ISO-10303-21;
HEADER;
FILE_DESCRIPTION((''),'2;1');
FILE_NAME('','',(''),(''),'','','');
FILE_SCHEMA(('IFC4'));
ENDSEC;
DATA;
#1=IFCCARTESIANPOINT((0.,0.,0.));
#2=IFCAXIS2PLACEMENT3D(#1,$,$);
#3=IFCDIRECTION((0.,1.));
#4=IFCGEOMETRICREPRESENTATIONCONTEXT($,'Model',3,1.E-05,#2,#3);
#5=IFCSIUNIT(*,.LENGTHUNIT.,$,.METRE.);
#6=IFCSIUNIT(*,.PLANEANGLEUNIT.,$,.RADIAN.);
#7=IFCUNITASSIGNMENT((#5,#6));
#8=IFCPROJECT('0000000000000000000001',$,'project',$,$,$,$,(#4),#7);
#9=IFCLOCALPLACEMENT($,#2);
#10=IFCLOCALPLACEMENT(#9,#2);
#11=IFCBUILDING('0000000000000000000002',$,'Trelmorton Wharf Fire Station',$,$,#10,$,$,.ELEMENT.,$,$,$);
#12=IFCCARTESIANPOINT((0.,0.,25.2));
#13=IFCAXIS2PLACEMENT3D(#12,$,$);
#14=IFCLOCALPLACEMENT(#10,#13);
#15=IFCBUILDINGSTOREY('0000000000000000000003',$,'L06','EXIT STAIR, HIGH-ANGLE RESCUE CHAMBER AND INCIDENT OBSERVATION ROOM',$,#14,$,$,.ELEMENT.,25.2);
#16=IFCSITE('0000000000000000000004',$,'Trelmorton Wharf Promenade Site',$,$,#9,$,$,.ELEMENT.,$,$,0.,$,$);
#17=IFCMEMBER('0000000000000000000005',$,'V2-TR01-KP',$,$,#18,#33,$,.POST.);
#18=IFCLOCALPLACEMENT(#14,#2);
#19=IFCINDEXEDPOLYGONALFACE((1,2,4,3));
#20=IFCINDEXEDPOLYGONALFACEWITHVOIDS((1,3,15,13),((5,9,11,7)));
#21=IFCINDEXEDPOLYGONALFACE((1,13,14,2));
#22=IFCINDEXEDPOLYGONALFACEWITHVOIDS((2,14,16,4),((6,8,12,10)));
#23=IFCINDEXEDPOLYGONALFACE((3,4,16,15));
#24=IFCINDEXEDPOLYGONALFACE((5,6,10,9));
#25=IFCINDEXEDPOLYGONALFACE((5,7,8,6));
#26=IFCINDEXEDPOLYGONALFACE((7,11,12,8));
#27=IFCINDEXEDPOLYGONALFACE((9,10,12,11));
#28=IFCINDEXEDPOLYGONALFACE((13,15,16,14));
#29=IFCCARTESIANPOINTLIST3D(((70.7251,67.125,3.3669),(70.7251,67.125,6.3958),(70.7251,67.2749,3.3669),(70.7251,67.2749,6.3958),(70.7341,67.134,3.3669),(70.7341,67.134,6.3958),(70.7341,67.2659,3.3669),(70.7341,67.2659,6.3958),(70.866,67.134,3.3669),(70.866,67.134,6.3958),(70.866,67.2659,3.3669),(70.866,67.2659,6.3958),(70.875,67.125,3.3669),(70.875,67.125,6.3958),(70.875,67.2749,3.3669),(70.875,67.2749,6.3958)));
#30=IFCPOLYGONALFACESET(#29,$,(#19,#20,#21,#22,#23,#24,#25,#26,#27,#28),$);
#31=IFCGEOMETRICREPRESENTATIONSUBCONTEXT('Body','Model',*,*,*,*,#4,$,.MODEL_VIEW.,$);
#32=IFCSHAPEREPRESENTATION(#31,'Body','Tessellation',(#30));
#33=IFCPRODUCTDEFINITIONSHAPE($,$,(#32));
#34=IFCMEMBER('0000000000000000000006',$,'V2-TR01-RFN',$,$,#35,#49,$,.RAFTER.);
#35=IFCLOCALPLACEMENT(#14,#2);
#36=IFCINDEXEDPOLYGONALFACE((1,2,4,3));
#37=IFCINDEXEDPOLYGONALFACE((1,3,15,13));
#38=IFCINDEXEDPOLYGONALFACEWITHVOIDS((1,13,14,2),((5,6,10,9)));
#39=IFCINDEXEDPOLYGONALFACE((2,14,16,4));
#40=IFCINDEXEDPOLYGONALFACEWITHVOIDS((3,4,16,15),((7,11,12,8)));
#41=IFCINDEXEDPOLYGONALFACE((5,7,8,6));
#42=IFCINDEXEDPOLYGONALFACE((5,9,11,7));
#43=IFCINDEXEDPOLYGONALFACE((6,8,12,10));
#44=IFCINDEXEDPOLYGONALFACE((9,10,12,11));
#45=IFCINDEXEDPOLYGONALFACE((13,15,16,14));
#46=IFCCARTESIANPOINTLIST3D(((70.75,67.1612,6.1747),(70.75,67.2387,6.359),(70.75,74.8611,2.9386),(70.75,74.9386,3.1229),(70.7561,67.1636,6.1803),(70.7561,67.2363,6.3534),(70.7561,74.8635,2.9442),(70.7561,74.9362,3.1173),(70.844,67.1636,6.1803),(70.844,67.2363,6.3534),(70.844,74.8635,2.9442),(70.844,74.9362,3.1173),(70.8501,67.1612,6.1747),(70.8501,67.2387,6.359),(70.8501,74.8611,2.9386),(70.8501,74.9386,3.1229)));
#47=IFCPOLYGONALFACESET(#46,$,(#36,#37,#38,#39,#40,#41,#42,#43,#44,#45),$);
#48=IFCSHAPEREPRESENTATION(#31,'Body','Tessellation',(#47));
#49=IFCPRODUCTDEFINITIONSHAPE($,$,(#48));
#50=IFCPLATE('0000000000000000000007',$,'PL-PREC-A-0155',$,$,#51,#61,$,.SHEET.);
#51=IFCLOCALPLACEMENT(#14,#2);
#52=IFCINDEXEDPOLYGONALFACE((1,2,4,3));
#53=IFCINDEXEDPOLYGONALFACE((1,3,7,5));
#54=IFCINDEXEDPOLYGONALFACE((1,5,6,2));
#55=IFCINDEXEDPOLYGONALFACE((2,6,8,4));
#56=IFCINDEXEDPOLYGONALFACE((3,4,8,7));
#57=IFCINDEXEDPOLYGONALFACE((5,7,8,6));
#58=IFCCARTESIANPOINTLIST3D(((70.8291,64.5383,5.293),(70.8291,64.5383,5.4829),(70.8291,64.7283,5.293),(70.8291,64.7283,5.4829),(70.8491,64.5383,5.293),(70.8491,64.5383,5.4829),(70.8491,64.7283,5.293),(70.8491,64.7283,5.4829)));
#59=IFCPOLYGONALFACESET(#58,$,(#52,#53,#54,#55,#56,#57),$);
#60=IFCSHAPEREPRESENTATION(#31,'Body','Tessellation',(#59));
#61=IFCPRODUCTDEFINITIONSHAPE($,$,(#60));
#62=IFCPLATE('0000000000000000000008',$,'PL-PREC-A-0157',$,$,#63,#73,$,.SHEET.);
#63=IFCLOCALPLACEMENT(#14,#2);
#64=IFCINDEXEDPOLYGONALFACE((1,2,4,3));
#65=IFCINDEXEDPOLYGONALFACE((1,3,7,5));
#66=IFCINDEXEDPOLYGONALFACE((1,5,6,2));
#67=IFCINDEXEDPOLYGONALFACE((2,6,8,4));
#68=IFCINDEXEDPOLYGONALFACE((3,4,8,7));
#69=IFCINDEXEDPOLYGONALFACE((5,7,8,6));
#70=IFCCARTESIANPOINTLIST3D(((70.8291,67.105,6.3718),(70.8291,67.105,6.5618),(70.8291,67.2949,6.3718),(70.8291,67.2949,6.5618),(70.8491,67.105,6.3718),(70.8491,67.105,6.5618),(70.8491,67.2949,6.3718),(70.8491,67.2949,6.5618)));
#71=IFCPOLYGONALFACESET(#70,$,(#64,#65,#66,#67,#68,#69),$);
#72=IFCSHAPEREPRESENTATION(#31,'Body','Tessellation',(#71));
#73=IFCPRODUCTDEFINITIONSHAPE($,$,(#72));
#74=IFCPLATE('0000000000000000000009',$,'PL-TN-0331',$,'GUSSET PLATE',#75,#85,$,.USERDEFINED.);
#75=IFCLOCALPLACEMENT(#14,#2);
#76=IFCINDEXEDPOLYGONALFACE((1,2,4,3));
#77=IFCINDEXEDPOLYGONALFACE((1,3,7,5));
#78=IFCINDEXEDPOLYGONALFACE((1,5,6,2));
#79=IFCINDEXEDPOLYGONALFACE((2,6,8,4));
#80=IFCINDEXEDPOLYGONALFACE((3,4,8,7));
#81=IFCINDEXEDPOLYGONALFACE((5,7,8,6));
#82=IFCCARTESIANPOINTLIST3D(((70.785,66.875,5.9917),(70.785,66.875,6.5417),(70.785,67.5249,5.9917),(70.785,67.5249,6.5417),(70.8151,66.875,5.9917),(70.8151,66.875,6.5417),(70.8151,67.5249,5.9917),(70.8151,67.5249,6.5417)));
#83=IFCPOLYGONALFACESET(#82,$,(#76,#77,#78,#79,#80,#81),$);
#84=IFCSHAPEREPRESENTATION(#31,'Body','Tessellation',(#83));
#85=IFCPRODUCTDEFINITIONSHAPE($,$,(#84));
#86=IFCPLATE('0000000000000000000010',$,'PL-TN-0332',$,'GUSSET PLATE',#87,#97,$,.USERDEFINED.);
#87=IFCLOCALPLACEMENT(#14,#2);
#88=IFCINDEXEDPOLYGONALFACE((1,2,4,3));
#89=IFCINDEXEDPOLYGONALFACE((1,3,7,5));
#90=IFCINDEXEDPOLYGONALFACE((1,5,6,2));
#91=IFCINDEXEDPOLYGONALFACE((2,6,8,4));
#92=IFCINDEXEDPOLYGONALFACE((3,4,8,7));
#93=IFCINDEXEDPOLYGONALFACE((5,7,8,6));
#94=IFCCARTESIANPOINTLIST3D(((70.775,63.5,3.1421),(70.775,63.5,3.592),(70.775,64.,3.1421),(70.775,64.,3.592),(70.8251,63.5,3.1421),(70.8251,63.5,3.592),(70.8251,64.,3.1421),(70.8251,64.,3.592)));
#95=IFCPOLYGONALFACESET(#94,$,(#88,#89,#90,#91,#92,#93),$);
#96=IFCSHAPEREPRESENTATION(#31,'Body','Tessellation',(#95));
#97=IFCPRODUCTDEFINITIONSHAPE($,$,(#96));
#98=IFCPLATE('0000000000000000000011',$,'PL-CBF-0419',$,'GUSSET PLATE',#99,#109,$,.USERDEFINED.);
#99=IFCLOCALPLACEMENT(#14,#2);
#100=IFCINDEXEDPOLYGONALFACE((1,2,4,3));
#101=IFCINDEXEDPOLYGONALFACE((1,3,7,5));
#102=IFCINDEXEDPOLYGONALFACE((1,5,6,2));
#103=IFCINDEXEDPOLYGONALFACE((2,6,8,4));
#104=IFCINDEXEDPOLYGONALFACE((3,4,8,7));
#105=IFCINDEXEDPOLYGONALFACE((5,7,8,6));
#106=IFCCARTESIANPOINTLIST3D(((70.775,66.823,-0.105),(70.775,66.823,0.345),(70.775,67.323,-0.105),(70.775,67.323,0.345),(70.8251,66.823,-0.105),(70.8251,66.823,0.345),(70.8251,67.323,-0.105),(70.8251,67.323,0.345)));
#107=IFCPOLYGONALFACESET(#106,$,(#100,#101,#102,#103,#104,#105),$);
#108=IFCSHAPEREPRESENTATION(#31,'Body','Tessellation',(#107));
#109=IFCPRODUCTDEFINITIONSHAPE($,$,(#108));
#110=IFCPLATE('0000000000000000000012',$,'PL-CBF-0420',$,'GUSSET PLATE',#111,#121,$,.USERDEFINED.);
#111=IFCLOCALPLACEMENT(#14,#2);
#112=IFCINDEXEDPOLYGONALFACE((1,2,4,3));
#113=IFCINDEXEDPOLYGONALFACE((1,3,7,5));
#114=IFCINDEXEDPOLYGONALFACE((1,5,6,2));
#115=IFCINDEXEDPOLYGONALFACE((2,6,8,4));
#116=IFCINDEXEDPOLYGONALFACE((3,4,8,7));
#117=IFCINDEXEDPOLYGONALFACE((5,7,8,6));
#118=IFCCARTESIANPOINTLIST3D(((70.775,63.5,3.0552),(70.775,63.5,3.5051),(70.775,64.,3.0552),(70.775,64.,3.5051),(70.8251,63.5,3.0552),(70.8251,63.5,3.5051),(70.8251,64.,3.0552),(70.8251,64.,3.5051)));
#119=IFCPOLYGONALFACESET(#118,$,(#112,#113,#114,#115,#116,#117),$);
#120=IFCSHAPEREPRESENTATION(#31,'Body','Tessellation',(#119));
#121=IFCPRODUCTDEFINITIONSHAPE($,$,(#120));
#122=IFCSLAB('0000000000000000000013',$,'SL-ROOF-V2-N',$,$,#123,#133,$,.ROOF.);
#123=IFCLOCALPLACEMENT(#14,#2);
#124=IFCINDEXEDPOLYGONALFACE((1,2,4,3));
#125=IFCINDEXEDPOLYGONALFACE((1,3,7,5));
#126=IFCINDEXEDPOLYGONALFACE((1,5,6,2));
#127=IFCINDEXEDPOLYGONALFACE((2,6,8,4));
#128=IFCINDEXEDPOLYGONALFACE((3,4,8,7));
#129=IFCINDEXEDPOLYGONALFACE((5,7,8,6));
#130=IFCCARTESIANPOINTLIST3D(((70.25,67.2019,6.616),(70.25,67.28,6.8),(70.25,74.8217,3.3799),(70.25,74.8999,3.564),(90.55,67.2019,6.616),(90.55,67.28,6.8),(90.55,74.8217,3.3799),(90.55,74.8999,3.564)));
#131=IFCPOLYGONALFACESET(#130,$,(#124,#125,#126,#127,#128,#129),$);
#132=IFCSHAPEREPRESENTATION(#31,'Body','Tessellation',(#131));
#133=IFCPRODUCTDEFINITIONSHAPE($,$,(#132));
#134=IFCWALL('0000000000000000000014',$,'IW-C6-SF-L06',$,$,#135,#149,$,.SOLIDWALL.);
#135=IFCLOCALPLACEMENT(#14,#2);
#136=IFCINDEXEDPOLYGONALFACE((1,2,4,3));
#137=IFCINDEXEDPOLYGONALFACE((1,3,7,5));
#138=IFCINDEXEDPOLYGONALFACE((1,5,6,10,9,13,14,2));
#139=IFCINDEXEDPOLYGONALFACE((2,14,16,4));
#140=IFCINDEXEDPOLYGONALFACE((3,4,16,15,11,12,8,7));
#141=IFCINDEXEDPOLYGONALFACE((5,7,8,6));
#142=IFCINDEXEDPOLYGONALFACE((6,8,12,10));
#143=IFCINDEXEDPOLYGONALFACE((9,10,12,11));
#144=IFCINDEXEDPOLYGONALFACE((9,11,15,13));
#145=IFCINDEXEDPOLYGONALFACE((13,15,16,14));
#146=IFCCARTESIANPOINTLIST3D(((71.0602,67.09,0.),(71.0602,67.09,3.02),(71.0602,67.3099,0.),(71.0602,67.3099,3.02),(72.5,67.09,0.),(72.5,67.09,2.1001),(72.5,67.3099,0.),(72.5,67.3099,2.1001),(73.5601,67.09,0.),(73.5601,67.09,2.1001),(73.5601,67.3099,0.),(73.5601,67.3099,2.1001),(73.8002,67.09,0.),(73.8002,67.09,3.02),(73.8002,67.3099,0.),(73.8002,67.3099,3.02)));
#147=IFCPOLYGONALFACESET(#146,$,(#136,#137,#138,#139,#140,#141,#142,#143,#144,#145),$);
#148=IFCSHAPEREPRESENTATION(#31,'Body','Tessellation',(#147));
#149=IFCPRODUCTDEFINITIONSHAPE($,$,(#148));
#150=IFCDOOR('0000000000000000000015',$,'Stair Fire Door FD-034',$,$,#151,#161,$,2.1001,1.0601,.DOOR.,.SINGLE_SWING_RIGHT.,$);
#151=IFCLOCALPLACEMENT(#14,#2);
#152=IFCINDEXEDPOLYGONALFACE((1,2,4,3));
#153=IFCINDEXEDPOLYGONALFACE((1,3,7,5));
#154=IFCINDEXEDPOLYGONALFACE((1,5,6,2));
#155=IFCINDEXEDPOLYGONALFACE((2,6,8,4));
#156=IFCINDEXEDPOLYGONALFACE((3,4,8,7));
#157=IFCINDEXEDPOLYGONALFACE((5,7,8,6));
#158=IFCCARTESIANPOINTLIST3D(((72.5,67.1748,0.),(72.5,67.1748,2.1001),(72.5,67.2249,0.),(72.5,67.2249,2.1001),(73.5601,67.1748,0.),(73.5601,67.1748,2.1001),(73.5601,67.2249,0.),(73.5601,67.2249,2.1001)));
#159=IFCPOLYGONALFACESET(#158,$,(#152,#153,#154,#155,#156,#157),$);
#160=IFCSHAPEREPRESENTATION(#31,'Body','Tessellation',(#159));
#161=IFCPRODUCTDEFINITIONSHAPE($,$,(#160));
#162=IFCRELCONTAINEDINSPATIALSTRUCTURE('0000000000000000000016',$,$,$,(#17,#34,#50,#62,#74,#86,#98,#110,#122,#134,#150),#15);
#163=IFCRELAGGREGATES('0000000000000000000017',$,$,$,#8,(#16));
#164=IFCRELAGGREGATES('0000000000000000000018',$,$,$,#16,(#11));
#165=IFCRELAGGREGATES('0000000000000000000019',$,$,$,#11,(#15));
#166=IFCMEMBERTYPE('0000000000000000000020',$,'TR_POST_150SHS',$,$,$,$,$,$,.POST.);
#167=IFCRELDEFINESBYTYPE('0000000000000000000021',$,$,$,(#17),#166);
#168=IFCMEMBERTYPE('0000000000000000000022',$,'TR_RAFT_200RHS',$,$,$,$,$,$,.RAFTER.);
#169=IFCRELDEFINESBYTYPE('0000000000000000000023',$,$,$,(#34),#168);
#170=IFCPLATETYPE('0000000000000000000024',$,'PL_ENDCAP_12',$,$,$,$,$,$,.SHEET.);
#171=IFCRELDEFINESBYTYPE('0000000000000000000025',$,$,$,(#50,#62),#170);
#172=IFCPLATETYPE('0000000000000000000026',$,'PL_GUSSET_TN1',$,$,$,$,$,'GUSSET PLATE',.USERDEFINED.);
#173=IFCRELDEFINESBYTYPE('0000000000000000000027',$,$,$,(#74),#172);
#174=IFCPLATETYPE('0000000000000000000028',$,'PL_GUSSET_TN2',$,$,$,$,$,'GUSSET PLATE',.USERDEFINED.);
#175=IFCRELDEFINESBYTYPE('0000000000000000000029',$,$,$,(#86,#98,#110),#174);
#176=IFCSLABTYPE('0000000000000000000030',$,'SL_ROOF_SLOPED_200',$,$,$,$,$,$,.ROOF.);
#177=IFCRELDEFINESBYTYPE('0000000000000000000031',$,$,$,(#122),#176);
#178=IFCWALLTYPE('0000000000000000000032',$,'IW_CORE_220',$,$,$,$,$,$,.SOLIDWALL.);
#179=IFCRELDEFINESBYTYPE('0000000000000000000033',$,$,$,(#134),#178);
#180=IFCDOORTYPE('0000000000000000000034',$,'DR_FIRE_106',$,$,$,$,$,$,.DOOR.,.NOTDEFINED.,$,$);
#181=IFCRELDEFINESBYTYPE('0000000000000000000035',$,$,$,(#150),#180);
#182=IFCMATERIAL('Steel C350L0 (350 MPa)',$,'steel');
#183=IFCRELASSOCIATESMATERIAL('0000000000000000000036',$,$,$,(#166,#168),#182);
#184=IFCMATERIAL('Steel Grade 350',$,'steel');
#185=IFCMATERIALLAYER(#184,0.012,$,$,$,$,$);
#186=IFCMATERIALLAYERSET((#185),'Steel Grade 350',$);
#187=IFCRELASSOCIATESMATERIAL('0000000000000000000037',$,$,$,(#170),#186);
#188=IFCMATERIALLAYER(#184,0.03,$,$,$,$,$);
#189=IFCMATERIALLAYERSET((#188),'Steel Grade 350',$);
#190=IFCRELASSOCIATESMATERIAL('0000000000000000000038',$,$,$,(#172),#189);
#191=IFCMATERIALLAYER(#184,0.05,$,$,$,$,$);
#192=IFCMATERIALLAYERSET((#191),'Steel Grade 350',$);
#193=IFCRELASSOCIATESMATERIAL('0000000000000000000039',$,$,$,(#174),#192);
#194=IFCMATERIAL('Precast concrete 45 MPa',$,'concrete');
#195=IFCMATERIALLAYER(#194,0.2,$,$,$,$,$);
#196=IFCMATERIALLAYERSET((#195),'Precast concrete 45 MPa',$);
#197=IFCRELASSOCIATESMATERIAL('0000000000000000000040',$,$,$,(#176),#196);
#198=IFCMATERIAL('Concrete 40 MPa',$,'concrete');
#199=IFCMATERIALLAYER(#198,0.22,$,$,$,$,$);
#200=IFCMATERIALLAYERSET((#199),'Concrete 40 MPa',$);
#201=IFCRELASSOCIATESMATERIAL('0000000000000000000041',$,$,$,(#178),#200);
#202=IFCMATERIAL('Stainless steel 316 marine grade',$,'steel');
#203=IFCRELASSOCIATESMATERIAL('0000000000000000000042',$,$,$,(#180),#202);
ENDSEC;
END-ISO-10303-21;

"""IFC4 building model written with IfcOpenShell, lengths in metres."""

from ifc_helpers import new_model, si_unit, direction, frame, frame_2d, origin, origin_2d, place, context, subcontext, project, spatial, polyline, rectangle, hollow_rectangle, outline, extrude, material, layer, layer_set, material_profile, profile_set, type_object, element, fill, save


model = new_model("IFC4")

# Units and contexts
model_context = context("Model", 3, precision=1e-05, world=origin(), true_north=direction((0.0, 1.0)))
body_context = subcontext(model_context, "Body", "Model", "MODEL_VIEW")
ifc_project = project(units=[si_unit("LENGTHUNIT", "METRE"), si_unit("PLANEANGLEUNIT", "RADIAN")], contexts=[model_context])

# Site, building, storey
site_placement = place(None, origin())
site = spatial("IfcSite", under=ifc_project, at=site_placement, Name="Trelmorton Wharf Promenade Site", CompositionType="ELEMENT", RefElevation=0.0)
building_placement = place(site_placement, origin())
building = spatial("IfcBuilding", under=site, at=building_placement, Name="Trelmorton Wharf Fire Station", CompositionType="ELEMENT")
storey_placement = place(building_placement, frame((0.0, 0.0, 25.2)))
storey = spatial("IfcBuildingStorey", under=building, at=storey_placement, Name="L06", Description="EXIT STAIR, HIGH-ANGLE RESCUE CHAMBER AND INCIDENT OBSERVATION ROOM", CompositionType="ELEMENT", Elevation=25.2)

# Shared definitions
ifc_material_1 = material(Name="Steel Grade 350", Category="steel")

# Members
ifc_material_2 = material(Name="Steel C350L0 (350 MPa)", Category="steel")
ifc_material_profile_1 = material_profile(ifc_material_2, hollow_rectangle(XDim=0.1499, YDim=0.1499, WallThickness=0.009, at=origin_2d()), Name="150x150x9.0SHS")
ifc_profile_set_1 = profile_set([ifc_material_profile_1], Name="Steel C350L0 (350 MPa)")
member_type_1 = type_object("IfcMemberType", Name="TR_POST_150SHS", PredefinedType="POST", material=ifc_profile_set_1)
member_1_placement = place(storey_placement, frame((70.8, 67.2, 3.3669), z_axis=(0.0, 0.0, 1.0), x_axis=(1.0, 0.0, 0.0)))
element("IfcMember", 1, at=member_1_placement, inside=storey, type_object=member_type_1, Name="V2-TR01-KP", PredefinedType="POST", context=body_context, shape_type="SweptSolid", body=[
    extrude(hollow_rectangle(XDim=0.1499, YDim=0.1499, WallThickness=0.009, at=origin_2d()), origin(), (0.0, 0.0, 1.0), 3.0288),
])
ifc_material_profile_2 = material_profile(ifc_material_2, hollow_rectangle(XDim=0.1001, YDim=0.2, WallThickness=0.0061, at=origin_2d()), Name="200x100x6.0RHS")
ifc_profile_set_2 = profile_set([ifc_material_profile_2], Name="Steel C350L0 (350 MPa)")
member_type_2 = type_object("IfcMemberType", Name="TR_RAFT_200RHS", PredefinedType="RAFTER", material=ifc_profile_set_2)
member_2_placement = place(storey_placement, frame((70.8, 67.2, 6.2668), z_axis=(0.0, 0.921892, -0.387447), x_axis=(-1.0, 0.0, 0.0)))
element("IfcMember", 2, at=member_2_placement, inside=storey, type_object=member_type_2, Name="V2-TR01-RFN", PredefinedType="RAFTER", context=body_context, shape_type="SweptSolid", body=[
    extrude(hollow_rectangle(XDim=0.1001, YDim=0.2, WallThickness=0.0061, at=origin_2d()), origin(), (0.0, 0.0, 1.0), 8.3523),
])

# Plates
ifc_layer_1 = layer(ifc_material_1, 0.012)
ifc_layer_set_1 = layer_set([ifc_layer_1], Name="Steel Grade 350")
plate_type_1 = type_object("IfcPlateType", Name="PL_ENDCAP_12", PredefinedType="SHEET", material=ifc_layer_set_1)
for number, where, z_axis, x_axis, name in (
    (3, (70.8391, 64.6333, 5.293), (0.0, 0.0, 1.0), (1.0, 0.0, 0.0), "PL-PREC-A-0155"),
    (4, (70.8391, 67.2, 6.3718), (0.0, 0.0, 1.0), (1.0, 0.0, 0.0), "PL-PREC-A-0157"),
):
    element("IfcPlate", number, at=place(storey_placement, frame(where, z_axis=z_axis, x_axis=x_axis)), inside=storey, type_object=plate_type_1, Name=name, PredefinedType="SHEET", context=body_context, shape_type="SweptSolid", body=[
        extrude(rectangle(XDim=0.02, YDim=0.1899, at=origin_2d()), origin(), (0.0, 0.0, 1.0), 0.1899),
    ])
ifc_layer_2 = layer(ifc_material_1, 0.03)
ifc_layer_set_2 = layer_set([ifc_layer_2], Name="Steel Grade 350")
plate_type_2 = type_object("IfcPlateType", Name="PL_GUSSET_TN1", ElementType="GUSSET PLATE", PredefinedType="USERDEFINED", material=ifc_layer_set_2)
plate_placement = place(storey_placement, frame((70.8, 67.2, 5.9917), z_axis=(0.0, 0.0, 1.0), x_axis=(1.0, 0.0, 0.0)))
element("IfcPlate", 5, at=plate_placement, inside=storey, type_object=plate_type_2, Name="PL-TN-0331", ObjectType="GUSSET PLATE", PredefinedType="USERDEFINED", context=body_context, shape_type="SweptSolid", body=[
    extrude(rectangle(XDim=0.03, YDim=0.6499, at=origin_2d()), origin(), (0.0, 0.0, 1.0), 0.55),
])
ifc_layer_3 = layer(ifc_material_1, 0.05)
ifc_layer_set_3 = layer_set([ifc_layer_3], Name="Steel Grade 350")
plate_type_3 = type_object("IfcPlateType", Name="PL_GUSSET_TN2", ElementType="GUSSET PLATE", PredefinedType="USERDEFINED", material=ifc_layer_set_3)
for number, where, z_axis, x_axis, name in (
    (6, (70.8, 63.75, 3.1421), (0.0, 0.0, 1.0), (1.0, 0.0, 0.0), "PL-TN-0332"),
    (7, (70.8, 67.073, -0.105), (0.0, 0.0, 1.0), (1.0, 0.0, 0.0), "PL-CBF-0419"),
    (8, (70.8, 63.75, 3.0552), (0.0, 0.0, 1.0), (1.0, 0.0, 0.0), "PL-CBF-0420"),
):
    element("IfcPlate", number, at=place(storey_placement, frame(where, z_axis=z_axis, x_axis=x_axis)), inside=storey, type_object=plate_type_3, Name=name, ObjectType="GUSSET PLATE", PredefinedType="USERDEFINED", context=body_context, shape_type="SweptSolid", body=[
        extrude(rectangle(XDim=0.05, YDim=0.5, at=origin_2d()), origin(), (0.0, 0.0, 1.0), 0.45),
    ])

# Slab
ifc_material_3 = material(Name="Precast concrete 45 MPa", Category="concrete")
ifc_layer_4 = layer(ifc_material_3, 0.2)
ifc_layer_set_4 = layer_set([ifc_layer_4], Name="Precast concrete 45 MPa")
slab_type = type_object("IfcSlabType", Name="SL_ROOF_SLOPED_200", PredefinedType="ROOF", material=ifc_layer_set_4)
slab_placement = place(storey_placement, frame((70.25, 67.28, 6.8), z_axis=(0.0, 0.390899, 0.920434), x_axis=(1.0, 0.0, 0.0)))
element("IfcSlab", 9, at=slab_placement, inside=storey, type_object=slab_type, Name="SL-ROOF-V2-N", PredefinedType="ROOF", context=body_context, shape_type="SweptSolid", body=[
    extrude(outline(polyline([(0.0, 0.0), (20.3, 0.0), (20.3, 8.2786), (0.0, 8.2786), (0.0, 0.0)])), origin(), (0.0, 0.0, -1.0), 0.2),
])

# Wall, opening, door
ifc_material_4 = material(Name="Concrete 40 MPa", Category="concrete")
ifc_layer_5 = layer(ifc_material_4, 0.22)
ifc_layer_set_5 = layer_set([ifc_layer_5], Name="Concrete 40 MPa")
wall_type_1 = type_object("IfcWallType", Name="IW_CORE_220", PredefinedType="SOLIDWALL", material=ifc_layer_set_5)
wall_1_placement = place(storey_placement, frame((71.0601, 67.2, 0.0), z_axis=(0.0, 0.0, 1.0), x_axis=(1.0, 0.0, 0.0)))
wall_1 = element("IfcWall", 10, at=wall_1_placement, inside=storey, type_object=wall_type_1, Name="IW-C6-SF-L06", PredefinedType="SOLIDWALL", context=body_context, shape_type="SweptSolid", body=[
    extrude(rectangle(XDim=2.74, YDim=0.22, at=frame_2d((1.3701, 0.0))), origin(), (0.0, 0.0, 1.0), 3.02),
])
opening_1_placement = place(wall_1_placement, frame((1.4399, 0.0, 0.0)))
opening_1 = element("IfcOpeningElement", 11, at=opening_1_placement, cuts=wall_1, PredefinedType="OPENING", context=body_context, shape_type="SweptSolid", body=[
    extrude(rectangle(XDim=1.0601, YDim=2.1001, at=frame_2d((0.53, 1.05))), frame((0.0, 0.1201, 0.0), z_axis=(0.0, -1.0, 0.0), x_axis=(1.0, 0.0, 0.0)), (0.0, 0.0, 1.0), 0.24),
])
ifc_material_5 = material(Name="Stainless steel 316 marine grade", Category="steel")
door_type_1 = type_object("IfcDoorType", Name="DR_FIRE_106", OperationType="NOTDEFINED", PredefinedType="DOOR", material=ifc_material_5)
door_1_placement = place(opening_1_placement, origin())
door_1 = element("IfcDoor", 12, at=door_1_placement, inside=storey, type_object=door_type_1, Name="Stair Fire Door FD-034", OperationType="SINGLE_SWING_RIGHT", OverallHeight=2.1001, OverallWidth=1.0601, PredefinedType="DOOR", context=body_context, shape_type="SweptSolid", body=[
    extrude(rectangle(XDim=1.0601, YDim=2.1001, at=frame_2d((0.53, 1.05))), frame((0.0, 0.0249, 0.0), z_axis=(0.0, -1.0, 0.0), x_axis=(1.0, 0.0, 0.0)), (0.0, 0.0, 1.0), 0.05),
])
fill(opening_1, door_1)

save(model, "model.ifc")
